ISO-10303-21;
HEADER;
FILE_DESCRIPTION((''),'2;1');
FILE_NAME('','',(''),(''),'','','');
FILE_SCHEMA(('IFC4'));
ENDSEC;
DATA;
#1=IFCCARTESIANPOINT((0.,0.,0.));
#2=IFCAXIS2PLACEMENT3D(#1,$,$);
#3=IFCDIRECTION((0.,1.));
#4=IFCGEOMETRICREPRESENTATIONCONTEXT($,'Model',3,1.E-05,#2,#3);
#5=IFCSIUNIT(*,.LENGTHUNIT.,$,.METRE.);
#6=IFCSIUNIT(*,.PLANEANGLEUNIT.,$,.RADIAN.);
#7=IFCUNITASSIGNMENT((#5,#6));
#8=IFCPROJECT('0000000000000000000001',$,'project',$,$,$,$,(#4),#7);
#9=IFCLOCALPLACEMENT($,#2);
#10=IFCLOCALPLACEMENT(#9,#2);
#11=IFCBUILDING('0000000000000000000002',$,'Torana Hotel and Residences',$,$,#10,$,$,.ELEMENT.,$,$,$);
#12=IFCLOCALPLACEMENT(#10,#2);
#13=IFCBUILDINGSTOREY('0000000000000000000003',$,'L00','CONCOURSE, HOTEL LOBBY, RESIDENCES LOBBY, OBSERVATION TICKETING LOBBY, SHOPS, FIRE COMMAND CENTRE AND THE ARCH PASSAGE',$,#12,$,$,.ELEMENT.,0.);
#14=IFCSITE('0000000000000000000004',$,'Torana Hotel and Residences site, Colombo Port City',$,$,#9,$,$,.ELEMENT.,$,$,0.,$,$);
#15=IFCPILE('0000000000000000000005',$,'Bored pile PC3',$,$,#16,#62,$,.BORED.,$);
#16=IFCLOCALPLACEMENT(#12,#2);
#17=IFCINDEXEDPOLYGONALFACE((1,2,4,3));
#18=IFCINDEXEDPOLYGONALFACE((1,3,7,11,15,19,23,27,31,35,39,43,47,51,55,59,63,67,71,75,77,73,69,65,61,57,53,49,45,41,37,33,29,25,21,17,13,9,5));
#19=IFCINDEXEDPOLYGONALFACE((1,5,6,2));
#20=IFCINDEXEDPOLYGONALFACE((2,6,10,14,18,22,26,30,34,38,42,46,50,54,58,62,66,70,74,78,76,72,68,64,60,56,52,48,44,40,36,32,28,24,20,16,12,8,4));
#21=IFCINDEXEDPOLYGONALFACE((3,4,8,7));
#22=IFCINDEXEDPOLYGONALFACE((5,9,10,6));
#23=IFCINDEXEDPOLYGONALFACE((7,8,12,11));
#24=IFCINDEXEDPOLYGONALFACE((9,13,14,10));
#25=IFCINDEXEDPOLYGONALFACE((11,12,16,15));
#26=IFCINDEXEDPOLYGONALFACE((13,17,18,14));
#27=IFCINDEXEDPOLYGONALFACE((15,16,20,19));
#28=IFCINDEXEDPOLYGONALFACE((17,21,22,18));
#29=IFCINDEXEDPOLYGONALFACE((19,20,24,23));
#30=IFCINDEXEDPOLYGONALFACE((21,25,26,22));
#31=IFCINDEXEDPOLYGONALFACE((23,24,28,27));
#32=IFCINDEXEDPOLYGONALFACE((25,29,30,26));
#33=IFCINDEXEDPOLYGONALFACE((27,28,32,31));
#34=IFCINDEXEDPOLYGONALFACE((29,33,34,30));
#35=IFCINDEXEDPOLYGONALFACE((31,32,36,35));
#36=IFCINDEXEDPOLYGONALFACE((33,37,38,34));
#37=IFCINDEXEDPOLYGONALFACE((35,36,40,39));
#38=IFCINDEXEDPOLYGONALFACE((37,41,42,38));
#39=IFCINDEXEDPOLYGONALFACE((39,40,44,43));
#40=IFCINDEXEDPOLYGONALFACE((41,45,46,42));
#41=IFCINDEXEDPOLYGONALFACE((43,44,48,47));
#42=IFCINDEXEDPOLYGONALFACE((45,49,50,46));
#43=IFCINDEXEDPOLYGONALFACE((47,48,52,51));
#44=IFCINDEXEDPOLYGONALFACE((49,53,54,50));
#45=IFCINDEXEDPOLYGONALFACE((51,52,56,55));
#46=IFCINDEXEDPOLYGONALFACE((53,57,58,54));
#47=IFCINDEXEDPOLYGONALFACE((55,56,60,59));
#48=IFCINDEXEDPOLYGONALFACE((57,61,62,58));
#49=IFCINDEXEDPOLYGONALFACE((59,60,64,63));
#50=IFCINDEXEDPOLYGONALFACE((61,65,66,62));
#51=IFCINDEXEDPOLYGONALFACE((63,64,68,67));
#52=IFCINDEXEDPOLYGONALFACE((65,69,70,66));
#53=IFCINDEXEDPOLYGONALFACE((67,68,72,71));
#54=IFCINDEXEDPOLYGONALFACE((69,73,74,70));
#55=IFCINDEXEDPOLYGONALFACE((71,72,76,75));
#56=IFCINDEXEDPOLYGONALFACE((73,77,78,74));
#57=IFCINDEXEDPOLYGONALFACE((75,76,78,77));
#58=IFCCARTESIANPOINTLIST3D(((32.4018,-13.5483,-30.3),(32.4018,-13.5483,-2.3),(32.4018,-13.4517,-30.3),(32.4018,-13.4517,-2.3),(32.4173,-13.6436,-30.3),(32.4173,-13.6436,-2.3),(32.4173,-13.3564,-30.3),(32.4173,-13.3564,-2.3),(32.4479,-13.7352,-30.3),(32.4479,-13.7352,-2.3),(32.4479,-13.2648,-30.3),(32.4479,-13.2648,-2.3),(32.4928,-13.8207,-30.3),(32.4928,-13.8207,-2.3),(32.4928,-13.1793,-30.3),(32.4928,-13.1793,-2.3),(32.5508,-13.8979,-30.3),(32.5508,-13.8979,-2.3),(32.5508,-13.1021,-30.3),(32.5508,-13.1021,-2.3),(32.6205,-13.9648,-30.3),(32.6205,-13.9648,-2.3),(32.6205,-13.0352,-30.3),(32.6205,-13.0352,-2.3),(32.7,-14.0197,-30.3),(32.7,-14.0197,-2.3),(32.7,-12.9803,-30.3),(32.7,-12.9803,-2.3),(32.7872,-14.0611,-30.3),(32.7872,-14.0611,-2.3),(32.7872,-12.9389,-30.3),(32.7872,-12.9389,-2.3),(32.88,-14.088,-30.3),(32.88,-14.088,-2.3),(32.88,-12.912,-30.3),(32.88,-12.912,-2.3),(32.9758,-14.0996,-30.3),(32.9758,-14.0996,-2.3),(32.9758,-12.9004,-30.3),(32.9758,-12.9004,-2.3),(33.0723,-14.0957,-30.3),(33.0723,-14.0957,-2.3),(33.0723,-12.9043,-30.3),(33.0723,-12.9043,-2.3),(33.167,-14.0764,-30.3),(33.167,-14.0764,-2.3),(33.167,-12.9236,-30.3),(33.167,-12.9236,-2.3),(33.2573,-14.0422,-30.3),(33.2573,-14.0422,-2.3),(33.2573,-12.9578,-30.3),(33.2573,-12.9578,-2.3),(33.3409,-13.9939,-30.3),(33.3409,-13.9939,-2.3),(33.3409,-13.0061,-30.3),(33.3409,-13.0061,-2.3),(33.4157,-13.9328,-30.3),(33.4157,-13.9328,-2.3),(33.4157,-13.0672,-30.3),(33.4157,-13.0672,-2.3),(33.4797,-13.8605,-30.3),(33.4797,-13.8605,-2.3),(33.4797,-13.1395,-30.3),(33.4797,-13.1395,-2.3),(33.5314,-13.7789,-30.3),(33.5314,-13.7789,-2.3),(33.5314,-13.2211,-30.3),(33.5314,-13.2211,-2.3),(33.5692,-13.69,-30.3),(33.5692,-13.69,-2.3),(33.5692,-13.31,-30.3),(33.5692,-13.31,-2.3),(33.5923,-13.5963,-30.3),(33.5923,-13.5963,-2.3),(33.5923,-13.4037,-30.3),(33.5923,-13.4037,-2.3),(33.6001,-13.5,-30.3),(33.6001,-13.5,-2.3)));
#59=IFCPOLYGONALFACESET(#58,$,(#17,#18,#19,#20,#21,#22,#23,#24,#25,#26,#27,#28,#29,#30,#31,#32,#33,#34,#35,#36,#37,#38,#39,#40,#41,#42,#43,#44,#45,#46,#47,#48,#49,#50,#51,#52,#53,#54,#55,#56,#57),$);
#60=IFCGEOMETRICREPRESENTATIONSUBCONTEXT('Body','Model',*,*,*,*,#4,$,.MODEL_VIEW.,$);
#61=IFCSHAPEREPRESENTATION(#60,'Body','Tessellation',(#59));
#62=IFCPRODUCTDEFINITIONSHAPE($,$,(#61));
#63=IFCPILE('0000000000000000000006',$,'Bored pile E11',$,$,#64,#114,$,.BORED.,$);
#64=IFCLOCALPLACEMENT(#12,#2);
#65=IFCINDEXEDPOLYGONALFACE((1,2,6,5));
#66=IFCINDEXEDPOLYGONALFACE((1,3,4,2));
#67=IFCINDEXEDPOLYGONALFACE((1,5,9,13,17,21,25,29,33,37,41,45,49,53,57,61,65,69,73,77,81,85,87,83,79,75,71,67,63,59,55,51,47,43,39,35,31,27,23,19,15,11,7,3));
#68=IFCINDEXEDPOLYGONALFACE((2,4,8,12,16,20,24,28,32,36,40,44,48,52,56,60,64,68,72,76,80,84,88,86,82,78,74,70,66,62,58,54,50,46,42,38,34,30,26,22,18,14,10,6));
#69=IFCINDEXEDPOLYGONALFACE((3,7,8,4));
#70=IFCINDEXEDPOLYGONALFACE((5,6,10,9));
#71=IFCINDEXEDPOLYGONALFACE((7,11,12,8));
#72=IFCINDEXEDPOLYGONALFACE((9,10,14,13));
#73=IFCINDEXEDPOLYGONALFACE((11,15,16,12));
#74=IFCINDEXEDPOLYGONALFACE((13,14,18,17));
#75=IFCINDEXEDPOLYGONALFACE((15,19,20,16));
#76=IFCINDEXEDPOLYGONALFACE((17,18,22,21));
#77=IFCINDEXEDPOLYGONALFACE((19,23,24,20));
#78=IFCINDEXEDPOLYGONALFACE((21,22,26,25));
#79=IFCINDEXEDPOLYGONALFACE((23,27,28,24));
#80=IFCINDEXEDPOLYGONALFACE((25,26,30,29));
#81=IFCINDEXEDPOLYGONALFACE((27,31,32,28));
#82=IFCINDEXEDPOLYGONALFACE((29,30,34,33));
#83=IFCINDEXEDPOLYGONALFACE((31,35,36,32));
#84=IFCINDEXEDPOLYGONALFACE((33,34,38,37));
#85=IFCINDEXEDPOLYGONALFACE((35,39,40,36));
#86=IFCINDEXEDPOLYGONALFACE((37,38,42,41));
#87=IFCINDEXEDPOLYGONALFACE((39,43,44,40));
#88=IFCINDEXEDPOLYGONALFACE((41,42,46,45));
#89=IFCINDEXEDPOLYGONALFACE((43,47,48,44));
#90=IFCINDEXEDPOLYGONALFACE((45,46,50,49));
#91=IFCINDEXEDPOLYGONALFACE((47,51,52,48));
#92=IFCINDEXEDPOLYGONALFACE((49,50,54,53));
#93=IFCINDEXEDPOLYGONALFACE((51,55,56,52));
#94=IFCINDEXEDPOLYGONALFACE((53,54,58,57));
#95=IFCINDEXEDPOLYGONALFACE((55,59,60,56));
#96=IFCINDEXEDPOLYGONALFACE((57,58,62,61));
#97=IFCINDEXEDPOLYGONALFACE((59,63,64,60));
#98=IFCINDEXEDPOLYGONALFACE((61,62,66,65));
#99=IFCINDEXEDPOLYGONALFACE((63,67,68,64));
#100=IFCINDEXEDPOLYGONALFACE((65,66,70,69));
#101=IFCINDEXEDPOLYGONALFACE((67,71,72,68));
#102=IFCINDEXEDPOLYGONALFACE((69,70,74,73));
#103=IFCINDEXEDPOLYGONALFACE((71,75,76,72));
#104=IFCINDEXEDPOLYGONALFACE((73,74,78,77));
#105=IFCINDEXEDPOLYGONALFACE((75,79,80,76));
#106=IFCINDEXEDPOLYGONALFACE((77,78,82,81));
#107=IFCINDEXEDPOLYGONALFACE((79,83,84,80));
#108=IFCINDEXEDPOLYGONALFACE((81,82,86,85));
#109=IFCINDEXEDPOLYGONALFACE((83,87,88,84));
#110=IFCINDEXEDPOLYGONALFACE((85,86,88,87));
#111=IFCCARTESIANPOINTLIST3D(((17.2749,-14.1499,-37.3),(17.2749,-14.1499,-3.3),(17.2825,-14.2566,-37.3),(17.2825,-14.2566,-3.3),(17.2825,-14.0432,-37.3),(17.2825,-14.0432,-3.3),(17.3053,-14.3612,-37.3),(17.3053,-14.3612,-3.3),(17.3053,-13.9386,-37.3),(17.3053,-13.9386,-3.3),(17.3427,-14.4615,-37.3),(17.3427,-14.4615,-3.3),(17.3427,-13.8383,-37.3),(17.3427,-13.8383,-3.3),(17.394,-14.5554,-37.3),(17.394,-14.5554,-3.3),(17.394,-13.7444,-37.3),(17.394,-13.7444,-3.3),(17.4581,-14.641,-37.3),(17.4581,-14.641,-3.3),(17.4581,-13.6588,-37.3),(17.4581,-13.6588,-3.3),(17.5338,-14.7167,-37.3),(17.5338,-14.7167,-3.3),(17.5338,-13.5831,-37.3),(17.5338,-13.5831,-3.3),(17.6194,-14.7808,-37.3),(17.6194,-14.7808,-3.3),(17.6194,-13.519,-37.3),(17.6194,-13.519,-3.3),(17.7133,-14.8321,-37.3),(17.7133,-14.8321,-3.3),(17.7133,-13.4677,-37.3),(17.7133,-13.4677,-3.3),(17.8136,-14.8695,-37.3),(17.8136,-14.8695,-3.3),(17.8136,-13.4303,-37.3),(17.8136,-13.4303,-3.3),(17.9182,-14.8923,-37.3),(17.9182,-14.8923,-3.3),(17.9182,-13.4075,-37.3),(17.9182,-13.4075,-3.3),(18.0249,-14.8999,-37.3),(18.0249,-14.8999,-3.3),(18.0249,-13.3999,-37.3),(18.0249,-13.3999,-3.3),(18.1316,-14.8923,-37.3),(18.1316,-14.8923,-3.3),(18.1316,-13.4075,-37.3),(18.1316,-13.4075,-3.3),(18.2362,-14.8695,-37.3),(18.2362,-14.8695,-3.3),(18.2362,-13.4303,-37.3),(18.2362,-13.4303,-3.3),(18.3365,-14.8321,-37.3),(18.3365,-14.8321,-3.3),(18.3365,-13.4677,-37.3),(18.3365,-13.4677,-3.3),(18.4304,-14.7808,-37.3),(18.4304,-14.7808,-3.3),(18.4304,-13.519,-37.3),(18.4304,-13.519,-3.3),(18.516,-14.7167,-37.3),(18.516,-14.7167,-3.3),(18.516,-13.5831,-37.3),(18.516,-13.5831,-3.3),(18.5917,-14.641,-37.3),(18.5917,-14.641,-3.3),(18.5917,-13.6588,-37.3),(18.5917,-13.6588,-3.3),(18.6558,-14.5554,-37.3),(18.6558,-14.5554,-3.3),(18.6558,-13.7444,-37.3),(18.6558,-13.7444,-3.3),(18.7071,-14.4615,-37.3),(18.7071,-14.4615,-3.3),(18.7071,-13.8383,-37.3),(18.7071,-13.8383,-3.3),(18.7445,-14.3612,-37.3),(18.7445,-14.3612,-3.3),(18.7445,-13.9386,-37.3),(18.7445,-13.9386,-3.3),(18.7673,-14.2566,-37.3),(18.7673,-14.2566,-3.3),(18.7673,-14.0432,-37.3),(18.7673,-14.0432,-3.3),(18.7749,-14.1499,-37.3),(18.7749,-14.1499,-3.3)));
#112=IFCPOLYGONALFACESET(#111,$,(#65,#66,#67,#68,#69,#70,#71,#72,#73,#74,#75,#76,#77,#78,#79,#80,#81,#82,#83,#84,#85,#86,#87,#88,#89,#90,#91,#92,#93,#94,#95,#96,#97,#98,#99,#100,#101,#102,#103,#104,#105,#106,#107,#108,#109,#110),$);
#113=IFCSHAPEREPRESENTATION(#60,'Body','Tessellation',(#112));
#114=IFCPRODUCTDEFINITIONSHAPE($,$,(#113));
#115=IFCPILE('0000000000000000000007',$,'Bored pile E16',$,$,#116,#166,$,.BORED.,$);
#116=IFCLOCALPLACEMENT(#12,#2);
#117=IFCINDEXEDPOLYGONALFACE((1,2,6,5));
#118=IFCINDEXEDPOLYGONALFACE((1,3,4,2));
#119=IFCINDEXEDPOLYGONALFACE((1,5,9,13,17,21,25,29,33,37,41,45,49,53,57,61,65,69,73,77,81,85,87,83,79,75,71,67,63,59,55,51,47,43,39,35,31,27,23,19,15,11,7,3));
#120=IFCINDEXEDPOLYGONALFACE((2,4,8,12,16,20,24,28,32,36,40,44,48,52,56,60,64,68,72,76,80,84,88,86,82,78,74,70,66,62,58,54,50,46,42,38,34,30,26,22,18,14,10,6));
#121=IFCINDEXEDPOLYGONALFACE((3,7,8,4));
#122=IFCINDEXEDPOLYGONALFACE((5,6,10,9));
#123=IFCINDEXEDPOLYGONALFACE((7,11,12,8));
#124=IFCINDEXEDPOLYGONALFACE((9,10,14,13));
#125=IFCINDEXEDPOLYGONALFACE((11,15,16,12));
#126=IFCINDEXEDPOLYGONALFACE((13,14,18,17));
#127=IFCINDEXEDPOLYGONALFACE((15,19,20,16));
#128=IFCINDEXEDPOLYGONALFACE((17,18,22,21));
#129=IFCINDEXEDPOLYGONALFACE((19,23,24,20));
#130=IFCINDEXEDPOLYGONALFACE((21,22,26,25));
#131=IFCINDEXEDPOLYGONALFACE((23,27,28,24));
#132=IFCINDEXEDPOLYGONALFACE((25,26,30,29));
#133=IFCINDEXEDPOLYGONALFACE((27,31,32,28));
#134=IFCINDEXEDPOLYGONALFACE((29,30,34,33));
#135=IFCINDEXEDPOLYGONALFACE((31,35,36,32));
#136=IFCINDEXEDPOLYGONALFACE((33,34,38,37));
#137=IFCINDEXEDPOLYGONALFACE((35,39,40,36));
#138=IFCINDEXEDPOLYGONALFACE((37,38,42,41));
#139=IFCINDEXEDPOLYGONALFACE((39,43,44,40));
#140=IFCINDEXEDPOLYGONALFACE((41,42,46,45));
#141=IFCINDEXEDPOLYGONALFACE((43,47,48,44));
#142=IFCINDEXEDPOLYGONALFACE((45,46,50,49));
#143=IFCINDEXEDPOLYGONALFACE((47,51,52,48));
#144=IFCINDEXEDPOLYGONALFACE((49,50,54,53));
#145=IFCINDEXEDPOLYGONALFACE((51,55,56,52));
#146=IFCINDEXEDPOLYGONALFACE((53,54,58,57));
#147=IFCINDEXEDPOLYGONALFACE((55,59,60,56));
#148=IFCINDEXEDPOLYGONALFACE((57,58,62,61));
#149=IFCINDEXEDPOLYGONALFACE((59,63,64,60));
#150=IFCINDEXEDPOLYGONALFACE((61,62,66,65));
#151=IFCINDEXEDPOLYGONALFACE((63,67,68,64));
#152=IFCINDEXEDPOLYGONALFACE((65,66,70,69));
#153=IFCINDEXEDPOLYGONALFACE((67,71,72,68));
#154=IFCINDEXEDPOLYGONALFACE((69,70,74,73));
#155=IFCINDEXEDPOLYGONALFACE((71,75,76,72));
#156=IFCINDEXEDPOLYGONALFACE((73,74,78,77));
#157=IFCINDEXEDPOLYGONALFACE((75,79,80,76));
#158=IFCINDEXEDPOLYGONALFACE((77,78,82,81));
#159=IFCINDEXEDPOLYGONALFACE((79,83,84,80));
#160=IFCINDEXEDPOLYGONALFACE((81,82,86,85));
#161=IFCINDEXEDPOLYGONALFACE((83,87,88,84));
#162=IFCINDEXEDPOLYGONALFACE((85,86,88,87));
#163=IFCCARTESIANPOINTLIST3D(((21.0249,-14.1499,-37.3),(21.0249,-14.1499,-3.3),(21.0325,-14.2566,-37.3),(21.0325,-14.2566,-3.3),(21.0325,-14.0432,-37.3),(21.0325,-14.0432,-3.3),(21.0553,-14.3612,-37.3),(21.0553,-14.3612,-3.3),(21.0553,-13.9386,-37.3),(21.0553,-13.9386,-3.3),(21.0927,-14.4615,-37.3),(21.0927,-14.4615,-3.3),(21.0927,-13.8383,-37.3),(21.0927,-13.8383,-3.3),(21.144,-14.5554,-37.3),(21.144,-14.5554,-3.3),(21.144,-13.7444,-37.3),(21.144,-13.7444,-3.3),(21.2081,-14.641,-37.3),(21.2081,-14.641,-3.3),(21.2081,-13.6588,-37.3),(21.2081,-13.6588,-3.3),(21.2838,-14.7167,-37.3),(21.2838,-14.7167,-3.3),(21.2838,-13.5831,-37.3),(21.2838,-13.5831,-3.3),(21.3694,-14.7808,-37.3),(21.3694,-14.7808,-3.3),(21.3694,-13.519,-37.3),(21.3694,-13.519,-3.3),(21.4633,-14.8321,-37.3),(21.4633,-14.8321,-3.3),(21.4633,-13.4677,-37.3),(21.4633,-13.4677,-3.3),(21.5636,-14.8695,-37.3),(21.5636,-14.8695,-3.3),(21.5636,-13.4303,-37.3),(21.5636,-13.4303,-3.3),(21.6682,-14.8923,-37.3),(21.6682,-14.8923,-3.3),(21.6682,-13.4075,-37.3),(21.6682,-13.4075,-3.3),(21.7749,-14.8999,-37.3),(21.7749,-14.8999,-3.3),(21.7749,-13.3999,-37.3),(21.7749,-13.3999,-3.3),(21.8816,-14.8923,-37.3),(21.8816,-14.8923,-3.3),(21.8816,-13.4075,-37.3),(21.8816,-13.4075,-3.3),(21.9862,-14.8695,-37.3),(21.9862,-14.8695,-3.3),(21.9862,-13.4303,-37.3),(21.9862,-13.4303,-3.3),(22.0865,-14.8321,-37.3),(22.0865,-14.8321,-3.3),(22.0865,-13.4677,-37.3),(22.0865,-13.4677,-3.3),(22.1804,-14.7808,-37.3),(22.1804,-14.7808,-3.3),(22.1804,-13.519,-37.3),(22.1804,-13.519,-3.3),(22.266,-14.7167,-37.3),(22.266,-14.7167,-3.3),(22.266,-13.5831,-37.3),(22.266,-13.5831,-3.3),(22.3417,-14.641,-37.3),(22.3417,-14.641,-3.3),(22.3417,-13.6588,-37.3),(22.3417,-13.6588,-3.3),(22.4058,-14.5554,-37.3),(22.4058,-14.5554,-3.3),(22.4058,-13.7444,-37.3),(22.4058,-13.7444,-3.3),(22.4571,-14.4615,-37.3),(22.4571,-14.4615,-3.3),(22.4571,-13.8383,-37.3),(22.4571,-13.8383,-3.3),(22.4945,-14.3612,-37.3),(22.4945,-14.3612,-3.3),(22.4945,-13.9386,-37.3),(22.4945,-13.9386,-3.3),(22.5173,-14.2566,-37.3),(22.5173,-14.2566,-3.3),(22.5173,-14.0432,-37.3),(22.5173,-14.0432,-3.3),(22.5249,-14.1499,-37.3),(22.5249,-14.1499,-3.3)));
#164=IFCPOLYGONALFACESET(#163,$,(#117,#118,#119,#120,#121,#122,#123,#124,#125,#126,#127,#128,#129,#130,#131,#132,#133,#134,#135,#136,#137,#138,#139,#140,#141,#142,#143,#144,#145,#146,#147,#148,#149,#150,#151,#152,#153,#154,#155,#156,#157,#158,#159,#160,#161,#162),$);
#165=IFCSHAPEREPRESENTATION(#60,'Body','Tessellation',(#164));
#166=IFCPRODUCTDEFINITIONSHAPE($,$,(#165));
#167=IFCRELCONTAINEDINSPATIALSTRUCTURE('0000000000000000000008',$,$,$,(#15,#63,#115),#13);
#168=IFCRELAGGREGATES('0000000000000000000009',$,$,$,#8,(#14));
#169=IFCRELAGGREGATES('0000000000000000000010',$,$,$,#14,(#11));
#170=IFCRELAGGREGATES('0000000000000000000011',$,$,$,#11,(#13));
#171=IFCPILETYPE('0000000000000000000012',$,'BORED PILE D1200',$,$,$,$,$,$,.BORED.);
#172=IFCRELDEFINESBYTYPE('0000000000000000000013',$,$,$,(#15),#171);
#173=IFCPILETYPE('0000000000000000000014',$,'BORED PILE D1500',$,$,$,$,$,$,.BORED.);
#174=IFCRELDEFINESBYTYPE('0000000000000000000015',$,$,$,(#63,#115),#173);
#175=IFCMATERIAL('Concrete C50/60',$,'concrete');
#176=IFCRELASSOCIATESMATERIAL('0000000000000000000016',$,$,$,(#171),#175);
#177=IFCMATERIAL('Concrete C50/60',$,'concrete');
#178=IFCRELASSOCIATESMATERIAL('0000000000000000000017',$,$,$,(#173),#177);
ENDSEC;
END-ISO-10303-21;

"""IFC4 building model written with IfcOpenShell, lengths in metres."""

from ifc_helpers import new_model, si_unit, direction, frame, origin, origin_2d, place, context, subcontext, project, spatial, circle, extrude, material, type_object, element, save


model = new_model("IFC4")

# Units and contexts
model_context = context("Model", 3, precision=1e-05, world=origin(), true_north=direction((0.0, 1.0)))
body_context = subcontext(model_context, "Body", "Model", "MODEL_VIEW")
ifc_project = project(units=[si_unit("LENGTHUNIT", "METRE"), si_unit("PLANEANGLEUNIT", "RADIAN")], contexts=[model_context])

# Site, building, storey
site_placement = place(None, origin())
site = spatial("IfcSite", under=ifc_project, at=site_placement, Name="Torana Hotel and Residences site, Colombo Port City", CompositionType="ELEMENT", RefElevation=0.0)
building_placement = place(site_placement, origin())
building = spatial("IfcBuilding", under=site, at=building_placement, Name="Torana Hotel and Residences", CompositionType="ELEMENT")
storey_placement = place(building_placement, origin())
storey = spatial("IfcBuildingStorey", under=building, at=storey_placement, Name="L00", Description="CONCOURSE, HOTEL LOBBY, RESIDENCES LOBBY, OBSERVATION TICKETING LOBBY, SHOPS, FIRE COMMAND CENTRE AND THE ARCH PASSAGE", CompositionType="ELEMENT", Elevation=0.0)

# Piles
ifc_material_1 = material(Name="Concrete C50/60", Category="concrete")
pile_type_1 = type_object("IfcPileType", Name="BORED PILE D1200", PredefinedType="BORED", material=ifc_material_1)
for number, where, z_axis, x_axis, name in (
    (1, (33.0, -13.5, -2.3), (0.0, 0.0, -1.0), (1.0, 0.0, 0.0), "Bored pile PC3"),
):
    element("IfcPile", number, at=place(storey_placement, frame(where, z_axis=z_axis, x_axis=x_axis)), inside=storey, type_object=pile_type_1, Name=name, PredefinedType="BORED", context=body_context, shape_type="SweptSolid", body=[
        extrude(circle(Radius=0.6001, at=origin_2d()), origin(), (0.0, 0.0, 1.0), 28.0),
    ])
ifc_material_2 = material(Name="Concrete C50/60", Category="concrete")
pile_type_2 = type_object("IfcPileType", Name="BORED PILE D1500", PredefinedType="BORED", material=ifc_material_2)
for number, where, z_axis, x_axis, name in (
    (2, (18.0249, -14.1499, -3.3), (0.0, 0.0, -1.0), (1.0, 0.0, 0.0), "Bored pile E11"),
    (3, (21.7749, -14.1499, -3.3), (0.0, 0.0, -1.0), (1.0, 0.0, 0.0), "Bored pile E16"),
):
    element("IfcPile", number, at=place(storey_placement, frame(where, z_axis=z_axis, x_axis=x_axis)), inside=storey, type_object=pile_type_2, Name=name, PredefinedType="BORED", context=body_context, shape_type="SweptSolid", body=[
        extrude(circle(Radius=0.75, at=origin_2d()), origin(), (0.0, 0.0, 1.0), 34.0),
    ])

save(model, "model.ifc")
